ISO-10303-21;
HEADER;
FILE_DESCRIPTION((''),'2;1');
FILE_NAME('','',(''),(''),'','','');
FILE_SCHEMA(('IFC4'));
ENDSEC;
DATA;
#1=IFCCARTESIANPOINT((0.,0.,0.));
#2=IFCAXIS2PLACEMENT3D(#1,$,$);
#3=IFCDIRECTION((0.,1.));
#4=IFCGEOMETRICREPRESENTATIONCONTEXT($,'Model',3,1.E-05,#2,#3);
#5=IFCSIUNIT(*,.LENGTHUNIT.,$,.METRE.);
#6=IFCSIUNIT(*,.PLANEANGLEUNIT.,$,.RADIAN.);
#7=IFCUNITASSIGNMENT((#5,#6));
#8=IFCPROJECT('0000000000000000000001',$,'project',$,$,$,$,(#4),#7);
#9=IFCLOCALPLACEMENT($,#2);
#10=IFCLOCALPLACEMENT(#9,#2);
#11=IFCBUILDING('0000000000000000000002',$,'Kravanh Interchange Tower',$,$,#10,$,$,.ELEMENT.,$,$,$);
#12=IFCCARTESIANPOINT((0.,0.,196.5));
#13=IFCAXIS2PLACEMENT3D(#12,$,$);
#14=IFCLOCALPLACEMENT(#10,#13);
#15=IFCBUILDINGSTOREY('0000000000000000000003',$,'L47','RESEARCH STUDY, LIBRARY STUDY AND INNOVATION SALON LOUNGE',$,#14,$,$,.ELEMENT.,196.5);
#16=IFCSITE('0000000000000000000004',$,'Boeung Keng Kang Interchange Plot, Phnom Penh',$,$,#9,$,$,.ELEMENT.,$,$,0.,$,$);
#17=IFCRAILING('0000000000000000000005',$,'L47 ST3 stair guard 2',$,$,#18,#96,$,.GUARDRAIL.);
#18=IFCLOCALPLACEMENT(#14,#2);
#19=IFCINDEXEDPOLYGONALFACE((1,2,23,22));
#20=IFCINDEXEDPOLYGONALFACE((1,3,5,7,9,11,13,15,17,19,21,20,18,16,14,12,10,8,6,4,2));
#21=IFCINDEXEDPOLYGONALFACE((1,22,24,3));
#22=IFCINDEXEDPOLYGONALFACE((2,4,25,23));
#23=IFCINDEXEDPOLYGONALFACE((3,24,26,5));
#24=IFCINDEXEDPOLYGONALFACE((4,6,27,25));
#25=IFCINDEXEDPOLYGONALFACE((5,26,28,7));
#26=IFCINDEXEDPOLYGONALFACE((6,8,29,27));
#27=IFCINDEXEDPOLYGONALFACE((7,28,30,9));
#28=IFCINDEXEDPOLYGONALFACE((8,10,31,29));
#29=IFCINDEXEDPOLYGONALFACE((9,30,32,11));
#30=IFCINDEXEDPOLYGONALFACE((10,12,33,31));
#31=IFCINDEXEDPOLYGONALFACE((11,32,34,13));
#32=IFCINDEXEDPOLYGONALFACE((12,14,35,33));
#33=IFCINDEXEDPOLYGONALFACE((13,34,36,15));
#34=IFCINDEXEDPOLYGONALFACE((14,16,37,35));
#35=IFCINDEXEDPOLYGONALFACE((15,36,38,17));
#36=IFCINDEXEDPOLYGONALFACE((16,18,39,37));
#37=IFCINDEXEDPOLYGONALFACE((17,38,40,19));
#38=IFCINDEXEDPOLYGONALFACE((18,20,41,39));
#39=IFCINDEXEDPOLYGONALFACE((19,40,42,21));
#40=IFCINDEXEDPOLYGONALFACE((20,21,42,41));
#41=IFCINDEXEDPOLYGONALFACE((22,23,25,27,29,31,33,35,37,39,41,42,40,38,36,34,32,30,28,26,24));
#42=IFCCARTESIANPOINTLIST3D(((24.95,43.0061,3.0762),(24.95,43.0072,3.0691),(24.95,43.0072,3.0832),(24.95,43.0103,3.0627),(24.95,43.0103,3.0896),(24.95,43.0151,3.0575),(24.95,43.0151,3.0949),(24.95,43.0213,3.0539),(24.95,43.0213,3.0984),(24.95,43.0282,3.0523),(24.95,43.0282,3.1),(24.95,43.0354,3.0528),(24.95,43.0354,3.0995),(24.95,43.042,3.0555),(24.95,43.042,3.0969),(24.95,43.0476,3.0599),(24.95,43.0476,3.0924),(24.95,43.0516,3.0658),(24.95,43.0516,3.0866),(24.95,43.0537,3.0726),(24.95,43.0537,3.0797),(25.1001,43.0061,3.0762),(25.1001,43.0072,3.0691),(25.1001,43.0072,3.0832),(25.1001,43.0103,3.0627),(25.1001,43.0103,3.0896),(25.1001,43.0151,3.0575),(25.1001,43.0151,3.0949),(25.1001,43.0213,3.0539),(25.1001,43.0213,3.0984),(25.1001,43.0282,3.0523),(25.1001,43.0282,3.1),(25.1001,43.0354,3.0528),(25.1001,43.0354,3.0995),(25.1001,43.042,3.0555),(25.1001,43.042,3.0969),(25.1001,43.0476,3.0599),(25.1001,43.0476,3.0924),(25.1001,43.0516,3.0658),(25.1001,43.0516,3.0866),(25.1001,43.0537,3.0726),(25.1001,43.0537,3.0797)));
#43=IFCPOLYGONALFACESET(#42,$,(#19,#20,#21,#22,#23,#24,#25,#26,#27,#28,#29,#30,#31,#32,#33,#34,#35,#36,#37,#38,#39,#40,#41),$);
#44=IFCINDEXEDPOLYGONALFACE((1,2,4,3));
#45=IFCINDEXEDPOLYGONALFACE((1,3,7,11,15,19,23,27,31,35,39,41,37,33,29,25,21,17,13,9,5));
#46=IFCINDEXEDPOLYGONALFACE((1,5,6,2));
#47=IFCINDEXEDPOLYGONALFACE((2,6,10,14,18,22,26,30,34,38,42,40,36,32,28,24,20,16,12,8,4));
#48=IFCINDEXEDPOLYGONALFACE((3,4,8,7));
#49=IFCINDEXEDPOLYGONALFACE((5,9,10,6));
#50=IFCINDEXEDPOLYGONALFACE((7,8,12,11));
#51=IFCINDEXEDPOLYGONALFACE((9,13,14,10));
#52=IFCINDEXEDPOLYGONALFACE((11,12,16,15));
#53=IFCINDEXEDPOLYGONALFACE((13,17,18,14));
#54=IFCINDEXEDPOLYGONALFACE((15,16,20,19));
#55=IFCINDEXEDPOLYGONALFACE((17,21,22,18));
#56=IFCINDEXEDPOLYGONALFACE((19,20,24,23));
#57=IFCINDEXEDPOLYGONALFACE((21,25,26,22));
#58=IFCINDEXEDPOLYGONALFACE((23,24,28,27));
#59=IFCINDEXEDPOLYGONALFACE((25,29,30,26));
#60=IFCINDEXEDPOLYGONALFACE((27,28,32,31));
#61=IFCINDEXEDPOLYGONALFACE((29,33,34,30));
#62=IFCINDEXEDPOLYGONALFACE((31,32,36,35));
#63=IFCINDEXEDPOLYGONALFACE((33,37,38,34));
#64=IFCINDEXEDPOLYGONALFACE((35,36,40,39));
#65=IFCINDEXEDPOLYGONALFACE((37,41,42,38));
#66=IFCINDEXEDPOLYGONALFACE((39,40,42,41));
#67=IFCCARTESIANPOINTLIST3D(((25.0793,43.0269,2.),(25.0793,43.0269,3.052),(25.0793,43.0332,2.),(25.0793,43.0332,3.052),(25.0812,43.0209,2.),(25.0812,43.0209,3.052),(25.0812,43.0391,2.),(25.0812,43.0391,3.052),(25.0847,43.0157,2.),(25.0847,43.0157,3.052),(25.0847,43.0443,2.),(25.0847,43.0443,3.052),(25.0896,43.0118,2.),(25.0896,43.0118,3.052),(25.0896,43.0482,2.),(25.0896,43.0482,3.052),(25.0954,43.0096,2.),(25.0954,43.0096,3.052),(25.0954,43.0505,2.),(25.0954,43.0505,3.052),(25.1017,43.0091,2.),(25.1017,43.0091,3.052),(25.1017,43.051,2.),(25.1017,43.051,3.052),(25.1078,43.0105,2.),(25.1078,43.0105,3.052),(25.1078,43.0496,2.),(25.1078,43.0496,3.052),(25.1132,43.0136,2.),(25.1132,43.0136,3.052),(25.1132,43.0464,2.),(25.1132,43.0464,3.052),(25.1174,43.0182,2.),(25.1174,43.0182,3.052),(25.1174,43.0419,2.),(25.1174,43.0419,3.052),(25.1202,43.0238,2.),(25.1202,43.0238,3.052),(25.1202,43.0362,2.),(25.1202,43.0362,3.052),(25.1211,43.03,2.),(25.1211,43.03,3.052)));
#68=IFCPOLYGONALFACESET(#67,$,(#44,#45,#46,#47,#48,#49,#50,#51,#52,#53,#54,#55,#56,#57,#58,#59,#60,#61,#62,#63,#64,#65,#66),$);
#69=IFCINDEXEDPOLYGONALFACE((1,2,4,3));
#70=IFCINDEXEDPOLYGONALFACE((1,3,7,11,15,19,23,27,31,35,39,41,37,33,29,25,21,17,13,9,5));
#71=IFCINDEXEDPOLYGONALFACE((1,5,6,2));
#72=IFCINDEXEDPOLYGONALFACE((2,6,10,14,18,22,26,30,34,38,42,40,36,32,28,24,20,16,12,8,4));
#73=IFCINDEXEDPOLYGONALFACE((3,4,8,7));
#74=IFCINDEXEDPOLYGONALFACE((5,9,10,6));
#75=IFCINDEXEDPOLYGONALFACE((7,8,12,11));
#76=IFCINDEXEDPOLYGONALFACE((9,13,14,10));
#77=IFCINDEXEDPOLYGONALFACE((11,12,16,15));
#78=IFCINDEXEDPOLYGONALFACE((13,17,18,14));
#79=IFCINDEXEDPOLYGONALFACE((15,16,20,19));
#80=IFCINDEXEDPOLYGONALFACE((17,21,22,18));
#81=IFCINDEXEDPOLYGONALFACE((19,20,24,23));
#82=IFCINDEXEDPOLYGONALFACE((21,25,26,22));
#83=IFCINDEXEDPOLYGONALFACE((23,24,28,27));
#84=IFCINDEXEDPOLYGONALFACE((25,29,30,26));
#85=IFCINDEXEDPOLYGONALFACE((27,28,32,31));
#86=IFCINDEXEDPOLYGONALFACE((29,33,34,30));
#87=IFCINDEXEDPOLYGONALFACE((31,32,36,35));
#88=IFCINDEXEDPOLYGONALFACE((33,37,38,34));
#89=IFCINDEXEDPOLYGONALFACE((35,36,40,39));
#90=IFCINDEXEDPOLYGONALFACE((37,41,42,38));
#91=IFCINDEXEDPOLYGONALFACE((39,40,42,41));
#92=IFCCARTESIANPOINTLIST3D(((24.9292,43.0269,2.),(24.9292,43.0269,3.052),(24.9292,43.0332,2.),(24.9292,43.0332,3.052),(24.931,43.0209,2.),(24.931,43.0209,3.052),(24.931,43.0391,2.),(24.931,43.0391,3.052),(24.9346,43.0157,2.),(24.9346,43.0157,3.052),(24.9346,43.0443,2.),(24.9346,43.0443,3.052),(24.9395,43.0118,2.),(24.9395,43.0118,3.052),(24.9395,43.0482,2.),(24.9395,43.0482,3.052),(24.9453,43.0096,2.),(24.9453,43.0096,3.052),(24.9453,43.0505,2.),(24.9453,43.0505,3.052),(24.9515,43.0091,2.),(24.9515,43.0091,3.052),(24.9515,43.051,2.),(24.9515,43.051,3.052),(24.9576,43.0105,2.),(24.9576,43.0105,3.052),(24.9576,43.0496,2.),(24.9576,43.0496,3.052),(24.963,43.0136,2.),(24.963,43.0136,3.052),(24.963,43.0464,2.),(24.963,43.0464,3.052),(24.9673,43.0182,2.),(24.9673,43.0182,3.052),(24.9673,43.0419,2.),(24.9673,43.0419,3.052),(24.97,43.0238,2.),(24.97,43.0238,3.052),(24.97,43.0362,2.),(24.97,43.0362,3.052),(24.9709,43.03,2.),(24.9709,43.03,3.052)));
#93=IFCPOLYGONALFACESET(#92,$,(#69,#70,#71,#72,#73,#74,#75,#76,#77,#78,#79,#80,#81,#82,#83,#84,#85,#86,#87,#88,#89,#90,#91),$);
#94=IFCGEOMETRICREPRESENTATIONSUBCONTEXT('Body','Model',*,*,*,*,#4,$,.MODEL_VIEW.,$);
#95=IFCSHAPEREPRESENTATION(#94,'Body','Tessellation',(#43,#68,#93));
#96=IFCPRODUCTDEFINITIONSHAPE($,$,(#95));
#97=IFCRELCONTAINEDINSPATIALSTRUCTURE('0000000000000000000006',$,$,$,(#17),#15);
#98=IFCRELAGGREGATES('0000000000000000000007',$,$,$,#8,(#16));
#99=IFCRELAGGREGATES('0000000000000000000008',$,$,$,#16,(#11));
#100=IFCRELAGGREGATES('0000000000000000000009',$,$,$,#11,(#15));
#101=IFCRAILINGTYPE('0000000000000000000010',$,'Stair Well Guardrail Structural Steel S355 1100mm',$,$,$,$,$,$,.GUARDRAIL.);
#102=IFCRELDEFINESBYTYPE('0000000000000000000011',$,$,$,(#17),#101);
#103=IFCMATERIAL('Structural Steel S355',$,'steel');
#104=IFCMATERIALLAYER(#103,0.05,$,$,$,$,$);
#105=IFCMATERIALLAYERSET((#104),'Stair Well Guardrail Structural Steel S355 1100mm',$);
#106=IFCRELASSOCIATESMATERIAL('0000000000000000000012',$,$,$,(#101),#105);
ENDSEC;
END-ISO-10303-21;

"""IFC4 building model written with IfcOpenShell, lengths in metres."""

from ifc_helpers import new_model, si_unit, direction, frame, origin, origin_2d, place, context, subcontext, project, spatial, circle, extrude, material, layer, layer_set, type_object, element, save


model = new_model("IFC4")

# Units and contexts
model_context = context("Model", 3, precision=1e-05, world=origin(), true_north=direction((0.0, 1.0)))
body_context = subcontext(model_context, "Body", "Model", "MODEL_VIEW")
ifc_project = project(units=[si_unit("LENGTHUNIT", "METRE"), si_unit("PLANEANGLEUNIT", "RADIAN")], contexts=[model_context])

# Site, building, storey
site_placement = place(None, origin())
site = spatial("IfcSite", under=ifc_project, at=site_placement, Name="Boeung Keng Kang Interchange Plot, Phnom Penh", CompositionType="ELEMENT", RefElevation=0.0)
building_placement = place(site_placement, origin())
building = spatial("IfcBuilding", under=site, at=building_placement, Name="Kravanh Interchange Tower", CompositionType="ELEMENT")
storey_placement = place(building_placement, frame((0.0, 0.0, 196.5)))
storey = spatial("IfcBuildingStorey", under=building, at=storey_placement, Name="L47", Description="RESEARCH STUDY, LIBRARY STUDY AND INNOVATION SALON LOUNGE", CompositionType="ELEMENT", Elevation=196.5)

# Railing
ifc_material_1 = material(Name="Structural Steel S355", Category="steel")
ifc_layer_1 = layer(ifc_material_1, 0.05)
ifc_layer_set_1 = layer_set([ifc_layer_1], Name="Stair Well Guardrail Structural Steel S355 1100mm")
railing_type_1 = type_object("IfcRailingType", Name="Stair Well Guardrail Structural Steel S355 1100mm", PredefinedType="GUARDRAIL", material=ifc_layer_set_1)
railing_1_placement = place(storey_placement, frame((25.1001, 43.03, 2.0)))
element("IfcRailing", 1, at=railing_1_placement, inside=storey, type_object=railing_type_1, Name="L47 ST3 stair guard 2", PredefinedType="GUARDRAIL", context=body_context, shape_type="SweptSolid", body=[
    extrude(circle(Radius=0.0239, at=origin_2d()), frame((0.0, 0.0, 1.0762), z_axis=(-1.0, 0.0, 0.0), x_axis=(0.0, -1.0, 0.0)), (0.0, 0.0, 1.0), 0.1501),
    extrude(circle(Radius=0.021, at=origin_2d()), origin(), (0.0, 0.0, 1.0), 1.052),
    extrude(circle(Radius=0.021, at=origin_2d()), frame((-0.1501, 0.0, 0.0)), (0.0, 0.0, 1.0), 1.052),
])

save(model, "model.ifc")
